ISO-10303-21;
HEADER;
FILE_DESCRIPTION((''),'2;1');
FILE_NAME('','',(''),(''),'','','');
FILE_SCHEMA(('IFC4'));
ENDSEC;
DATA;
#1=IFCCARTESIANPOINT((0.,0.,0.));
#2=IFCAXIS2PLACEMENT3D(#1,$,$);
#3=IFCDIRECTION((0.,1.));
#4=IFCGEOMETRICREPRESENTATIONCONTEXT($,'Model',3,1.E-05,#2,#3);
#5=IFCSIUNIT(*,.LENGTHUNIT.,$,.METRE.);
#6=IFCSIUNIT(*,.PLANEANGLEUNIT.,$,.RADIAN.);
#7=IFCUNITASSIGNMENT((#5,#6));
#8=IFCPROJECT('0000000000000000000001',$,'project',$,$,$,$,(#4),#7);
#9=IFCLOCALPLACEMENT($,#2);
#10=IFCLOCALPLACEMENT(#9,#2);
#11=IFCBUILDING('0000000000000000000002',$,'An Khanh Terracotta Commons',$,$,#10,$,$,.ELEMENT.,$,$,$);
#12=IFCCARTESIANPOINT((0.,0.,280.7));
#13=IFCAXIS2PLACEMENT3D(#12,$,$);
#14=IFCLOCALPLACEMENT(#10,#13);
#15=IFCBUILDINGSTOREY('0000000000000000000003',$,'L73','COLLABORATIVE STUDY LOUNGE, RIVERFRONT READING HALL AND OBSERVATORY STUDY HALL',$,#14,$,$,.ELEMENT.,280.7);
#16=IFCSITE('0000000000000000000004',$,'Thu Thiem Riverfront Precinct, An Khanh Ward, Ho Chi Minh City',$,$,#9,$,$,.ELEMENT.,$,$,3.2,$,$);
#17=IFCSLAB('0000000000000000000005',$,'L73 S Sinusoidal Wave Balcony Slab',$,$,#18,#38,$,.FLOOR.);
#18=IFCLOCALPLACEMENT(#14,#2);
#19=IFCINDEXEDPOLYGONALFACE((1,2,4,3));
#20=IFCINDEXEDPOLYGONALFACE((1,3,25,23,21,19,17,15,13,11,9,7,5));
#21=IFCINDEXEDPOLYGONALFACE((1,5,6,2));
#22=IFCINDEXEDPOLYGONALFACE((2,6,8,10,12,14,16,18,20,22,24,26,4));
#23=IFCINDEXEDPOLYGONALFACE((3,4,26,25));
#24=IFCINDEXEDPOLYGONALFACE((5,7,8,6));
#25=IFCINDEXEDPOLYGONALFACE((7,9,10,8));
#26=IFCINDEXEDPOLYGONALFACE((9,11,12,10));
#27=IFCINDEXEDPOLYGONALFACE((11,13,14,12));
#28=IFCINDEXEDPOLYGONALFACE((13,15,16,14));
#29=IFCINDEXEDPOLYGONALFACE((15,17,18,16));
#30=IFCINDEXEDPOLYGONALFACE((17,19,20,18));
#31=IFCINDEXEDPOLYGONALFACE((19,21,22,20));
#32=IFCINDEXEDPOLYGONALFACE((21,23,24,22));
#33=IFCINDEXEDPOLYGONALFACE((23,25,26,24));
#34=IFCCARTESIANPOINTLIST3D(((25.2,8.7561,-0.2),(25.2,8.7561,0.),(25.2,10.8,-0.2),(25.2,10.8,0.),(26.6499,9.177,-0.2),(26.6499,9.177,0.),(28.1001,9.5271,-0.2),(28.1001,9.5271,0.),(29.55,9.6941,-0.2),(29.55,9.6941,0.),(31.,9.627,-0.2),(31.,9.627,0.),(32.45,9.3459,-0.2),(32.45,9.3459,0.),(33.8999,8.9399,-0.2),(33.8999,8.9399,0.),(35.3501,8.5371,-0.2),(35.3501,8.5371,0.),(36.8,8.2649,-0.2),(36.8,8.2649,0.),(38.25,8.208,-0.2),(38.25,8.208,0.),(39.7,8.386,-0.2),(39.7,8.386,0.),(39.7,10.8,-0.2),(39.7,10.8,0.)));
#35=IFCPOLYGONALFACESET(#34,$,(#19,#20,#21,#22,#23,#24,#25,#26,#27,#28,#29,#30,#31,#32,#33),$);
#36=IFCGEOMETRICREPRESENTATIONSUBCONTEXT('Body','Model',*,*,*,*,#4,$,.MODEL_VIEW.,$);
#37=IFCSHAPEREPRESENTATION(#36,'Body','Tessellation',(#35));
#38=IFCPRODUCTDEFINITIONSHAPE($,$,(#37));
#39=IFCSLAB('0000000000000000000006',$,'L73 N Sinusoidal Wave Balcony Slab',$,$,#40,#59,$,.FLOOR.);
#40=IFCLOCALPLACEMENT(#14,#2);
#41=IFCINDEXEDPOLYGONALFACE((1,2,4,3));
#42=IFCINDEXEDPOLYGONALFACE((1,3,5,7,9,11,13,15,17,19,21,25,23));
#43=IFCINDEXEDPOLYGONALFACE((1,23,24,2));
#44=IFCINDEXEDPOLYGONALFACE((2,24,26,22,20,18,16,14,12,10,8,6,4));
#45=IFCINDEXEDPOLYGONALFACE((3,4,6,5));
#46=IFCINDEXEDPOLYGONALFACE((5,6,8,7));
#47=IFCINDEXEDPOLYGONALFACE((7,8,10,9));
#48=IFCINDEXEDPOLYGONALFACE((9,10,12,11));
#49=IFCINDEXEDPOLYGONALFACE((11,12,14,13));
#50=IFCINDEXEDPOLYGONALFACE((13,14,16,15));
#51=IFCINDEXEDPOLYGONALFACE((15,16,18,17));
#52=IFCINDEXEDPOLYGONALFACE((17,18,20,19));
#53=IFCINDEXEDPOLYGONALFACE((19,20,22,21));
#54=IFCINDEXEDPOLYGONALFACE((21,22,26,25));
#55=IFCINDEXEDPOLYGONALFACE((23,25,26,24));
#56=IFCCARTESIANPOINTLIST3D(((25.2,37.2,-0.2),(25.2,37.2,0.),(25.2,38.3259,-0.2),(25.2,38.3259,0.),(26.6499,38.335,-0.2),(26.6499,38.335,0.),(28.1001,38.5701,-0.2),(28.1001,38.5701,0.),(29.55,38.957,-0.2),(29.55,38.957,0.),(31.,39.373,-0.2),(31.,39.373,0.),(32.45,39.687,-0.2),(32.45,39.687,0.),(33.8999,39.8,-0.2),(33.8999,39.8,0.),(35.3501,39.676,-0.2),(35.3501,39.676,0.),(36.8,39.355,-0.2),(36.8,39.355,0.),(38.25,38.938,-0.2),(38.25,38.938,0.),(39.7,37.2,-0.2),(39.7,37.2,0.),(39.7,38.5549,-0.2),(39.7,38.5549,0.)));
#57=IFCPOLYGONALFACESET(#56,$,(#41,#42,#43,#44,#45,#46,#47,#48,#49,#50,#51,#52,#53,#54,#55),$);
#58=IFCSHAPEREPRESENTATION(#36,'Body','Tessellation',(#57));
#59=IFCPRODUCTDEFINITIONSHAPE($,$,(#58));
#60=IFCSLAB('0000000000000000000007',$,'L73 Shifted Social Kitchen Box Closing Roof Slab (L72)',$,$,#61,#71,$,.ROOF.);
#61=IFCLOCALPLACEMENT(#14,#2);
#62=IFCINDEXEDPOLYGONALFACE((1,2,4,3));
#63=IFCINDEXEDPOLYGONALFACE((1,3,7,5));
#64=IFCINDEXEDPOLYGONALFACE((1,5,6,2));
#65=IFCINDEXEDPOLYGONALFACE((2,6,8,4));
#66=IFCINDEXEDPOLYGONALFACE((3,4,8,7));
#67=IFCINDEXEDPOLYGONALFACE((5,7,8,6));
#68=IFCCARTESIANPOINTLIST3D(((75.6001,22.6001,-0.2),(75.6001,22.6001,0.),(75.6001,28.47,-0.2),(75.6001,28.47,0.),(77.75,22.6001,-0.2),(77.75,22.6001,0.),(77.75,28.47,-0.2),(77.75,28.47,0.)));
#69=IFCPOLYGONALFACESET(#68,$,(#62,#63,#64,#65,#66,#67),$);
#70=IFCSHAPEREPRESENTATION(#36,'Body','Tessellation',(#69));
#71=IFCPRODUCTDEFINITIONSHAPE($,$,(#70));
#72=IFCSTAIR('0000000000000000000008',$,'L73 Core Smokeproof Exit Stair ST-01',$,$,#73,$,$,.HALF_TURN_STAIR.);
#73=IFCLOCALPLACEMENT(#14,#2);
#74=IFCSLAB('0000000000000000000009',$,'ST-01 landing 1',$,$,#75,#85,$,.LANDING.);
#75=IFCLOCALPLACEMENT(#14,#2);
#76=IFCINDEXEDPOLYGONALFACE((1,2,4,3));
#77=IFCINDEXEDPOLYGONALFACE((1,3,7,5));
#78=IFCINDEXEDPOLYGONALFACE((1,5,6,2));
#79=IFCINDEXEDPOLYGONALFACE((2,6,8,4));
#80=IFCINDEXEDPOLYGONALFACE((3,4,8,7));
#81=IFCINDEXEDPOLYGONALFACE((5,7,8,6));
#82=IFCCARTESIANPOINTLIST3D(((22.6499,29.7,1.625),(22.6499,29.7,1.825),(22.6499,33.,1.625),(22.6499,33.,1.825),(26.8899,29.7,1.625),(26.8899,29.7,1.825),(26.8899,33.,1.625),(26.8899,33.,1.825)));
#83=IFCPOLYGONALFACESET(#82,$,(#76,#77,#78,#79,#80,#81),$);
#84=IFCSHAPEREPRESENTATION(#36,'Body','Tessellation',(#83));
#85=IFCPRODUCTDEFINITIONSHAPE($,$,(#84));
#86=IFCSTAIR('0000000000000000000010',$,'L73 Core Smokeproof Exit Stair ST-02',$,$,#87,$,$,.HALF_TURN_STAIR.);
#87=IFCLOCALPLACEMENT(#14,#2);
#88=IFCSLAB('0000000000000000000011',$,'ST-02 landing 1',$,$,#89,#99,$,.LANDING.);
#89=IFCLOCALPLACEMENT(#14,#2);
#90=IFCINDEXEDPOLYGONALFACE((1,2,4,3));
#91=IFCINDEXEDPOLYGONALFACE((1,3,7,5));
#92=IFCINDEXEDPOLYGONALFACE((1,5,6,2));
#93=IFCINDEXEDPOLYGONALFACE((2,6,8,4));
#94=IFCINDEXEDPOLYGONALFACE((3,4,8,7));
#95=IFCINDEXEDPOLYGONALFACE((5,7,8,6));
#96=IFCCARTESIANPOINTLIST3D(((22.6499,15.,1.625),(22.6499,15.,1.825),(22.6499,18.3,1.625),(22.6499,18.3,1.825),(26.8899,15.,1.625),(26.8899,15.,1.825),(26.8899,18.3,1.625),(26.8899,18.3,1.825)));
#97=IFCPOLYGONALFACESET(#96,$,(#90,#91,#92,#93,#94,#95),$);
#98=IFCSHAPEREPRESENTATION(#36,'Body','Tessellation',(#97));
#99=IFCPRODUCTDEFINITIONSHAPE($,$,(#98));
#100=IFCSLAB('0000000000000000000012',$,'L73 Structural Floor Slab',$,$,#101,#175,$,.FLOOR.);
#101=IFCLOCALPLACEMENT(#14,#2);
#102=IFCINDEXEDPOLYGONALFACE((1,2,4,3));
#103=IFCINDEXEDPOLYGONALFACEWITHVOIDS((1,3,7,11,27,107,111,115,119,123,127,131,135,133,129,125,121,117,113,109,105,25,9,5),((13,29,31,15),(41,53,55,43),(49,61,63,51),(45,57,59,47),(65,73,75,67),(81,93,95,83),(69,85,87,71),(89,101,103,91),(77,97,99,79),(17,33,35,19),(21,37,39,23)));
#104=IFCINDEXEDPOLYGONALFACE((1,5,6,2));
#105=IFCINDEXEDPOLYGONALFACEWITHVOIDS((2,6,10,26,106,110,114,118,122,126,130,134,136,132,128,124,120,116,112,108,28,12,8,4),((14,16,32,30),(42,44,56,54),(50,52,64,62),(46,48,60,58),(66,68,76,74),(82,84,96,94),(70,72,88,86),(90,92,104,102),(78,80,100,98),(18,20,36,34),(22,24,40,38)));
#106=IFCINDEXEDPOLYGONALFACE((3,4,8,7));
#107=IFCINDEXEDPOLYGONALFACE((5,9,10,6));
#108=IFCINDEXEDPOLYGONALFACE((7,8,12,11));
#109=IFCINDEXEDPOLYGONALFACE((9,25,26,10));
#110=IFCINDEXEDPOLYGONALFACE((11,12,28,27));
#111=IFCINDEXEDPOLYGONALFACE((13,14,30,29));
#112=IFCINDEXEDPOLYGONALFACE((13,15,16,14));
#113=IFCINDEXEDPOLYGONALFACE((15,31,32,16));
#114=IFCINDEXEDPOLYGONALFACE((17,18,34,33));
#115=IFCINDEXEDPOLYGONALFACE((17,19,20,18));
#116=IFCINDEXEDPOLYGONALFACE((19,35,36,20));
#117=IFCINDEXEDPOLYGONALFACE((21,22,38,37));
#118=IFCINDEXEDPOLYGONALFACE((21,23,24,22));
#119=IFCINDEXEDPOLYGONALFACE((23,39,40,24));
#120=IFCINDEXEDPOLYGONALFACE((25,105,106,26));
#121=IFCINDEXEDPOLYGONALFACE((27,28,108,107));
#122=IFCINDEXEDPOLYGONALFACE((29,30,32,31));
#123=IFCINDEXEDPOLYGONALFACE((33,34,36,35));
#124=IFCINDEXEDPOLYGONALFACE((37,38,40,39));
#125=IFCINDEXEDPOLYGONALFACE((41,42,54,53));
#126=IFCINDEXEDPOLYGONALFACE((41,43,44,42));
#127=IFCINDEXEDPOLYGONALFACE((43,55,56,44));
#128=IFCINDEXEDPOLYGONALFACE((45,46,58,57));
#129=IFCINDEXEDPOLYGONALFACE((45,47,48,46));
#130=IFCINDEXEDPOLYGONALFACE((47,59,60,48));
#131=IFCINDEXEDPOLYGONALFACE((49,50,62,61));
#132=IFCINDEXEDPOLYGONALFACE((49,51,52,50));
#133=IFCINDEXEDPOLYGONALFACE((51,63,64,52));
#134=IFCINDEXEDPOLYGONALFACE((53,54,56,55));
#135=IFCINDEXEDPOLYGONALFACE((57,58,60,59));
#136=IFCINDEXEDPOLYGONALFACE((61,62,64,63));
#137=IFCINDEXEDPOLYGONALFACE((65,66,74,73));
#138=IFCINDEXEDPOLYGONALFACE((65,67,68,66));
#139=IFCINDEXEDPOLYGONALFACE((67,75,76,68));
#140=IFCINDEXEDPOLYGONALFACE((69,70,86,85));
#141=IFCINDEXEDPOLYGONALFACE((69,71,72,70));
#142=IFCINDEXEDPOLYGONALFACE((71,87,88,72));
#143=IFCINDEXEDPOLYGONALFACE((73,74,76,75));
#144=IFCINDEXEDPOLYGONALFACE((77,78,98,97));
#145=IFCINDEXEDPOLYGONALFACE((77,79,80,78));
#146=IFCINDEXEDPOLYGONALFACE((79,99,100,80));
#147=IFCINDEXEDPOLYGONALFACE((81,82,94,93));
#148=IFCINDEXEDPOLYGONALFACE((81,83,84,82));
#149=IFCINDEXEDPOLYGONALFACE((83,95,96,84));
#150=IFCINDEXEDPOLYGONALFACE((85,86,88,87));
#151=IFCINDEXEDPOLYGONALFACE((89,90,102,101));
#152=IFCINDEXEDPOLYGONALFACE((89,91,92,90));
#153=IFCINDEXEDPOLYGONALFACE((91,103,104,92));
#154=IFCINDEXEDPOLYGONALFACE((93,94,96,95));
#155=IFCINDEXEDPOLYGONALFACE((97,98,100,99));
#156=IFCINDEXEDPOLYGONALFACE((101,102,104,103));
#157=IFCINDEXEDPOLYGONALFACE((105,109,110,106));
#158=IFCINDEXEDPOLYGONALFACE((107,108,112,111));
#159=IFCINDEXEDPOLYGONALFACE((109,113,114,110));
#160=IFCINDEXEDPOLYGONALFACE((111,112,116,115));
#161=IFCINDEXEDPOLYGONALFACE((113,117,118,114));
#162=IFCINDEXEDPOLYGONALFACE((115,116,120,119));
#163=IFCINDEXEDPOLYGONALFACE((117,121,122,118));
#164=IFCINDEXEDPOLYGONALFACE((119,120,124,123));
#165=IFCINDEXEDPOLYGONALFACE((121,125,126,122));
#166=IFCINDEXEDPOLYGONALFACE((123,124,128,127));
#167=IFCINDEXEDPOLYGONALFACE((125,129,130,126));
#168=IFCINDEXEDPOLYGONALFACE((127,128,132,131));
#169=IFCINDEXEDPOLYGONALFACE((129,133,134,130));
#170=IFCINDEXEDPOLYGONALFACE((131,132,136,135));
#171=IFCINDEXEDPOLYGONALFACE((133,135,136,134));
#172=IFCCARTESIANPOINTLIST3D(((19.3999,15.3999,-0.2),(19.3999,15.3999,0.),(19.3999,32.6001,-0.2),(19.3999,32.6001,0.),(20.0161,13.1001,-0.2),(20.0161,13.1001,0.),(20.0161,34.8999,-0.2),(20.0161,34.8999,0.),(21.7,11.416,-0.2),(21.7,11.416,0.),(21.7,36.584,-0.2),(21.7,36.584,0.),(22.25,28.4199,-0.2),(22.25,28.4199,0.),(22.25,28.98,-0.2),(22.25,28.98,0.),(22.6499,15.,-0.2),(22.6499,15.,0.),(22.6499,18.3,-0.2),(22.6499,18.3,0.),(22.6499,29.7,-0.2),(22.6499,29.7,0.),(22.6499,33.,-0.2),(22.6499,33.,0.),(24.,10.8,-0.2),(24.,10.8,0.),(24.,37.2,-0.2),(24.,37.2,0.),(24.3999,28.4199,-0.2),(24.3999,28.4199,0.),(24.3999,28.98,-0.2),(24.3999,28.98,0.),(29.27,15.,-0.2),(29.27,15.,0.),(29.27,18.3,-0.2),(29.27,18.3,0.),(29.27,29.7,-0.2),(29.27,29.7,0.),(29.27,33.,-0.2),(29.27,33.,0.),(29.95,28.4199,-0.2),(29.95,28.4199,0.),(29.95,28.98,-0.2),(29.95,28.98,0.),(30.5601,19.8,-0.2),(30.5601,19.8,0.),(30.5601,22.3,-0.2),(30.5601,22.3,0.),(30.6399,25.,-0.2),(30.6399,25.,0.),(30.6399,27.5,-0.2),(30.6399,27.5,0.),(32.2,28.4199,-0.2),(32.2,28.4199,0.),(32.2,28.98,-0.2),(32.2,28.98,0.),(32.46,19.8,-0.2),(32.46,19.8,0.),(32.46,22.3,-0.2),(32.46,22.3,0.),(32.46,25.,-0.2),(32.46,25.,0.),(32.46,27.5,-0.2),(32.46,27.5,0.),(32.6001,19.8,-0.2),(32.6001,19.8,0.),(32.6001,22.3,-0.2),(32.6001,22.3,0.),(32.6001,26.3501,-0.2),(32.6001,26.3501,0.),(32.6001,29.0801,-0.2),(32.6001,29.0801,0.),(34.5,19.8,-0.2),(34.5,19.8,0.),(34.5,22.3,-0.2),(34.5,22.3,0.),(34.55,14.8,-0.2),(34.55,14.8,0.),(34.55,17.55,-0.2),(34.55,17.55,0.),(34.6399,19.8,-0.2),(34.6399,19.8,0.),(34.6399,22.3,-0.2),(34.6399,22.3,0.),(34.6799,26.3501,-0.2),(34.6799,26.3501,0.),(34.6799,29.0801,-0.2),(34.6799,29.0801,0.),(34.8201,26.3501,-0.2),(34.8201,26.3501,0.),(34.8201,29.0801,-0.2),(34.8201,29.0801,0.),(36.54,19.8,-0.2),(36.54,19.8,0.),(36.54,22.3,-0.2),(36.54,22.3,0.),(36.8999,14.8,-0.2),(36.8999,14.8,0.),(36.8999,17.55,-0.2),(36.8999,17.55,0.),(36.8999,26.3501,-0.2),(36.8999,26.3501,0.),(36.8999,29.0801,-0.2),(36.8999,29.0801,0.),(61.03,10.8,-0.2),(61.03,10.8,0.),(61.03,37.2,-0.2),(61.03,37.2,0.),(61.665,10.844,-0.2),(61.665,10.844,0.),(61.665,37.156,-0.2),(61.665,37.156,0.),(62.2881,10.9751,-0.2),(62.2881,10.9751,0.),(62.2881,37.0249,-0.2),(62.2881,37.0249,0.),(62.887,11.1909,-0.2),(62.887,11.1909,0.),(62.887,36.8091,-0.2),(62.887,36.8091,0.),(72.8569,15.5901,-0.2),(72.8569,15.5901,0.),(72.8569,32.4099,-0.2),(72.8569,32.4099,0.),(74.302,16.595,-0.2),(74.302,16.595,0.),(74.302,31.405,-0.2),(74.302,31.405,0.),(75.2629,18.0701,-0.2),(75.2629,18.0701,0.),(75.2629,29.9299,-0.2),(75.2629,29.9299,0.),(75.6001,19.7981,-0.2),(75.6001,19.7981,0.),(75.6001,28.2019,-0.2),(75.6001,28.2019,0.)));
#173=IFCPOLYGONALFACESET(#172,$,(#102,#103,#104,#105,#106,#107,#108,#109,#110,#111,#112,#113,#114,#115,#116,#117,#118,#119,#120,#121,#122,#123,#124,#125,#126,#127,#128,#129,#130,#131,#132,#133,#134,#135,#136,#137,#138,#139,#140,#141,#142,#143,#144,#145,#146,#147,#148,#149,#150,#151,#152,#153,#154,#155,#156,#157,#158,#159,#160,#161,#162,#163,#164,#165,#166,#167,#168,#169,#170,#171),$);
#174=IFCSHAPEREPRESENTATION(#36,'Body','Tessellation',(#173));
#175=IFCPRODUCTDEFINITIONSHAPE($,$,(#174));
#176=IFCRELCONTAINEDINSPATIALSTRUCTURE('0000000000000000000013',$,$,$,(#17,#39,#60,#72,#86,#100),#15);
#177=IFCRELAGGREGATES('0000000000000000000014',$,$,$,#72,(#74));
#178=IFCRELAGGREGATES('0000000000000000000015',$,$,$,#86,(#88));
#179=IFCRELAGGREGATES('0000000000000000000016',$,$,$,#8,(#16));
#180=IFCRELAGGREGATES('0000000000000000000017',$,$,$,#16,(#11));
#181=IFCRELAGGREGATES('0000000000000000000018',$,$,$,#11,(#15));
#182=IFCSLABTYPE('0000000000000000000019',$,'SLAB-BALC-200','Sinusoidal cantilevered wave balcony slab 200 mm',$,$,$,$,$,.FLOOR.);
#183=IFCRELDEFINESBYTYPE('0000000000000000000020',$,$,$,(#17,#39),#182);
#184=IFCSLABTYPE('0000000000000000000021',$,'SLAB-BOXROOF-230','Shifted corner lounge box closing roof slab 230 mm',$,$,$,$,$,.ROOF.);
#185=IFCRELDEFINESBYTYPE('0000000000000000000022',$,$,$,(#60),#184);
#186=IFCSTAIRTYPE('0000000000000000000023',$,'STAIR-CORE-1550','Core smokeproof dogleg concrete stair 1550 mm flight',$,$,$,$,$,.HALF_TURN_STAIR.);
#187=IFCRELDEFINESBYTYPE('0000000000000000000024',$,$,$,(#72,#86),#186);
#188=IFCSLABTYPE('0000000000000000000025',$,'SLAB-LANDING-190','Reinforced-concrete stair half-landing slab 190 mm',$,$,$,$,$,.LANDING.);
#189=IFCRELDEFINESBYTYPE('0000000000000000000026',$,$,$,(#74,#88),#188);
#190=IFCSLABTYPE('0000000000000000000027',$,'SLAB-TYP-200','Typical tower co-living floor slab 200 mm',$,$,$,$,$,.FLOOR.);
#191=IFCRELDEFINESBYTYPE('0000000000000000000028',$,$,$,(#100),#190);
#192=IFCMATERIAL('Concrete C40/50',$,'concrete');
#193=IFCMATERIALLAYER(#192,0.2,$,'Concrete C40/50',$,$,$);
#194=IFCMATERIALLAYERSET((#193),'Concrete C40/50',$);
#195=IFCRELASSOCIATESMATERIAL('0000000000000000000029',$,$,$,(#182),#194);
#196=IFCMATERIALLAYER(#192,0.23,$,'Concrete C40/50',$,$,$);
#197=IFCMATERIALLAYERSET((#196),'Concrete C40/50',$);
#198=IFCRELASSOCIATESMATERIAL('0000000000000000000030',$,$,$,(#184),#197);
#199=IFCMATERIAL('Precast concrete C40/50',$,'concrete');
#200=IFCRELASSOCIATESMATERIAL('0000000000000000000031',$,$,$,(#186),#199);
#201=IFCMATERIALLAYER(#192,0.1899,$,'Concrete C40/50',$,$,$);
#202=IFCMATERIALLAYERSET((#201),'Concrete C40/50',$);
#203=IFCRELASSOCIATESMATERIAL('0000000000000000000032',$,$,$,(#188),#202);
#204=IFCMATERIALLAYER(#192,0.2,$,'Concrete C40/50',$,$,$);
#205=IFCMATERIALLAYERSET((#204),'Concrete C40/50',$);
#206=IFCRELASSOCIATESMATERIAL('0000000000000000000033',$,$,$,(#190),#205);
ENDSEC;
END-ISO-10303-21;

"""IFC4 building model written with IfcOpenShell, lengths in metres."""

from ifc_helpers import new_model, si_unit, direction, frame, origin, place, context, subcontext, project, spatial, polyline, outline, extrude, material, layer, layer_set, type_object, element, aggregate, save


model = new_model("IFC4")

# Units and contexts
model_context = context("Model", 3, precision=1e-05, world=origin(), true_north=direction((0.0, 1.0)))
body_context = subcontext(model_context, "Body", "Model", "MODEL_VIEW")
ifc_project = project(units=[si_unit("LENGTHUNIT", "METRE"), si_unit("PLANEANGLEUNIT", "RADIAN")], contexts=[model_context])

# Site, building, storey
site_placement = place(None, origin())
site = spatial("IfcSite", under=ifc_project, at=site_placement, Name="Thu Thiem Riverfront Precinct, An Khanh Ward, Ho Chi Minh City", CompositionType="ELEMENT", RefElevation=3.2)
building_placement = place(site_placement, origin())
building = spatial("IfcBuilding", under=site, at=building_placement, Name="An Khanh Terracotta Commons", CompositionType="ELEMENT")
storey_placement = place(building_placement, frame((0.0, 0.0, 280.7)))
storey = spatial("IfcBuildingStorey", under=building, at=storey_placement, Name="L73", Description="COLLABORATIVE STUDY LOUNGE, RIVERFRONT READING HALL AND OBSERVATORY STUDY HALL", CompositionType="ELEMENT", Elevation=280.7)

# Slabs
ifc_material_1 = material(Name="Concrete C40/50", Category="concrete")
ifc_layer_1 = layer(ifc_material_1, 0.2, Name="Concrete C40/50")
ifc_layer_set_1 = layer_set([ifc_layer_1], Name="Concrete C40/50")
slab_type_1 = type_object("IfcSlabType", Name="SLAB-BALC-200", Description="Sinusoidal cantilevered wave balcony slab 200 mm", PredefinedType="FLOOR", material=ifc_layer_set_1)
slab_1_placement = place(storey_placement, frame((0.0, 0.0, -0.2)))
element("IfcSlab", 1, at=slab_1_placement, inside=storey, type_object=slab_type_1, Name="L73 S Sinusoidal Wave Balcony Slab", PredefinedType="FLOOR", context=body_context, shape_type="SweptSolid", body=[
    extrude(outline(polyline([(25.2, 10.8), (25.2, 8.7561), (26.6499, 9.177), (28.1001, 9.5271), (29.55, 9.6941), (31.0, 9.627), (32.45, 9.3459), (33.8999, 8.9399), (35.3501, 8.5371), (36.8, 8.2649), (38.25, 8.208), (39.7, 8.386), (39.7, 10.8), (25.2, 10.8)])), origin(), (0.0, 0.0, 1.0), 0.2),
])
slab_2_placement = place(storey_placement, frame((0.0, 0.0, -0.2)))
element("IfcSlab", 2, at=slab_2_placement, inside=storey, type_object=slab_type_1, Name="L73 N Sinusoidal Wave Balcony Slab", PredefinedType="FLOOR", context=body_context, shape_type="SweptSolid", body=[
    extrude(outline(polyline([(39.7, 37.2), (39.7, 38.5549), (38.25, 38.938), (36.8, 39.355), (35.3501, 39.676), (33.8999, 39.8), (32.45, 39.687), (31.0, 39.373), (29.55, 38.957), (28.1001, 38.5701), (26.6499, 38.335), (25.2, 38.3259), (25.2, 37.2), (39.7, 37.2)])), origin(), (0.0, 0.0, 1.0), 0.2),
])
ifc_layer_2 = layer(ifc_material_1, 0.23, Name="Concrete C40/50")
ifc_layer_set_2 = layer_set([ifc_layer_2], Name="Concrete C40/50")
slab_type_2 = type_object("IfcSlabType", Name="SLAB-BOXROOF-230", Description="Shifted corner lounge box closing roof slab 230 mm", PredefinedType="ROOF", material=ifc_layer_set_2)
slab_3_placement = place(storey_placement, frame((0.0, 0.0, -0.2)))
element("IfcSlab", 3, at=slab_3_placement, inside=storey, type_object=slab_type_2, Name="L73 Shifted Social Kitchen Box Closing Roof Slab (L72)", PredefinedType="ROOF", context=body_context, shape_type="SweptSolid", body=[
    extrude(outline(polyline([(75.6001, 22.6001), (77.75, 22.6001), (77.75, 28.47), (75.6001, 28.47), (75.6001, 22.6001)])), origin(), (0.0, 0.0, 1.0), 0.2),
])

# Stairs, slabs
ifc_material_2 = material(Name="Precast concrete C40/50", Category="concrete")
stair_type = type_object("IfcStairType", Name="STAIR-CORE-1550", Description="Core smokeproof dogleg concrete stair 1550 mm flight", PredefinedType="HALF_TURN_STAIR", material=ifc_material_2)
stair_1_placement = place(storey_placement, origin())
stair_1 = element("IfcStair", 4, at=stair_1_placement, inside=storey, type_object=stair_type, Name="L73 Core Smokeproof Exit Stair ST-01", PredefinedType="HALF_TURN_STAIR")
ifc_layer_3 = layer(ifc_material_1, 0.1899, Name="Concrete C40/50")
ifc_layer_set_3 = layer_set([ifc_layer_3], Name="Concrete C40/50")
slab_type_3 = type_object("IfcSlabType", Name="SLAB-LANDING-190", Description="Reinforced-concrete stair half-landing slab 190 mm", PredefinedType="LANDING", material=ifc_layer_set_3)
slab_4_placement = place(storey_placement, frame((0.0, 0.0, 1.625)))
slab_4 = element("IfcSlab", 5, at=slab_4_placement, type_object=slab_type_3, Name="ST-01 landing 1", PredefinedType="LANDING", context=body_context, shape_type="SweptSolid", body=[
    extrude(outline(polyline([(26.8899, 33.0), (22.6499, 33.0), (22.6499, 29.7), (26.8899, 29.7), (26.8899, 33.0)])), origin(), (0.0, 0.0, 1.0), 0.2),
])
aggregate(stair_1, [slab_4])
stair_2_placement = place(storey_placement, origin())
stair_2 = element("IfcStair", 6, at=stair_2_placement, inside=storey, type_object=stair_type, Name="L73 Core Smokeproof Exit Stair ST-02", PredefinedType="HALF_TURN_STAIR")
slab_5_placement = place(storey_placement, frame((0.0, 0.0, 1.625)))
slab_5 = element("IfcSlab", 7, at=slab_5_placement, type_object=slab_type_3, Name="ST-02 landing 1", PredefinedType="LANDING", context=body_context, shape_type="SweptSolid", body=[
    extrude(outline(polyline([(26.8899, 18.3), (22.6499, 18.3), (22.6499, 15.0), (26.8899, 15.0), (26.8899, 18.3)])), origin(), (0.0, 0.0, 1.0), 0.2),
])
aggregate(stair_2, [slab_5])

# Slab
ifc_layer_4 = layer(ifc_material_1, 0.2, Name="Concrete C40/50")
ifc_layer_set_4 = layer_set([ifc_layer_4], Name="Concrete C40/50")
slab_type_4 = type_object("IfcSlabType", Name="SLAB-TYP-200", Description="Typical tower co-living floor slab 200 mm", PredefinedType="FLOOR", material=ifc_layer_set_4)
slab_6_placement = place(storey_placement, frame((0.0, 0.0, -0.2)))
element("IfcSlab", 8, at=slab_6_placement, inside=storey, type_object=slab_type_4, Name="L73 Structural Floor Slab", PredefinedType="FLOOR", context=body_context, shape_type="SweptSolid", body=[
    extrude(outline(polyline([(19.3999, 15.3999), (20.0161, 13.1001), (21.7, 11.416), (24.0, 10.8), (61.03, 10.8), (61.665, 10.844), (62.2881, 10.9751), (62.887, 11.1909), (72.8569, 15.5901), (74.302, 16.595), (75.2629, 18.0701), (75.6001, 19.7981), (75.6001, 28.2019), (75.2629, 29.9299), (74.302, 31.405), (72.8569, 32.4099), (62.887, 36.8091), (62.2881, 37.0249), (61.665, 37.156), (61.03, 37.2), (24.0, 37.2), (21.7, 36.584), (20.0161, 34.8999), (19.3999, 32.6001), (19.3999, 15.3999)]), holes=[polyline([(22.6499, 29.7), (29.27, 29.7), (29.27, 33.0), (22.6499, 33.0), (22.6499, 29.7)]), polyline([(22.6499, 15.0), (29.27, 15.0), (29.27, 18.3), (22.6499, 18.3), (22.6499, 15.0)]), polyline([(32.6001, 26.3501), (34.6799, 26.3501), (34.6799, 29.0801), (32.6001, 29.0801), (32.6001, 26.3501)]), polyline([(34.8201, 26.3501), (36.8999, 26.3501), (36.8999, 29.0801), (34.8201, 29.0801), (34.8201, 26.3501)]), polyline([(34.55, 14.8), (36.8999, 14.8), (36.8999, 17.55), (34.55, 17.55), (34.55, 14.8)]), polyline([(30.6399, 25.0), (32.46, 25.0), (32.46, 27.5), (30.6399, 27.5), (30.6399, 25.0)]), polyline([(30.5601, 19.8), (32.46, 19.8), (32.46, 22.3), (30.5601, 22.3), (30.5601, 19.8)]), polyline([(32.6001, 19.8), (34.5, 19.8), (34.5, 22.3), (32.6001, 22.3), (32.6001, 19.8)]), polyline([(34.6399, 19.8), (36.54, 19.8), (36.54, 22.3), (34.6399, 22.3), (34.6399, 19.8)]), polyline([(22.25, 28.4199), (24.3999, 28.4199), (24.3999, 28.98), (22.25, 28.98), (22.25, 28.4199)]), polyline([(29.95, 28.4199), (32.2, 28.4199), (32.2, 28.98), (29.95, 28.98), (29.95, 28.4199)])]), origin(), (0.0, 0.0, 1.0), 0.2),
])

save(model, "model.ifc")
